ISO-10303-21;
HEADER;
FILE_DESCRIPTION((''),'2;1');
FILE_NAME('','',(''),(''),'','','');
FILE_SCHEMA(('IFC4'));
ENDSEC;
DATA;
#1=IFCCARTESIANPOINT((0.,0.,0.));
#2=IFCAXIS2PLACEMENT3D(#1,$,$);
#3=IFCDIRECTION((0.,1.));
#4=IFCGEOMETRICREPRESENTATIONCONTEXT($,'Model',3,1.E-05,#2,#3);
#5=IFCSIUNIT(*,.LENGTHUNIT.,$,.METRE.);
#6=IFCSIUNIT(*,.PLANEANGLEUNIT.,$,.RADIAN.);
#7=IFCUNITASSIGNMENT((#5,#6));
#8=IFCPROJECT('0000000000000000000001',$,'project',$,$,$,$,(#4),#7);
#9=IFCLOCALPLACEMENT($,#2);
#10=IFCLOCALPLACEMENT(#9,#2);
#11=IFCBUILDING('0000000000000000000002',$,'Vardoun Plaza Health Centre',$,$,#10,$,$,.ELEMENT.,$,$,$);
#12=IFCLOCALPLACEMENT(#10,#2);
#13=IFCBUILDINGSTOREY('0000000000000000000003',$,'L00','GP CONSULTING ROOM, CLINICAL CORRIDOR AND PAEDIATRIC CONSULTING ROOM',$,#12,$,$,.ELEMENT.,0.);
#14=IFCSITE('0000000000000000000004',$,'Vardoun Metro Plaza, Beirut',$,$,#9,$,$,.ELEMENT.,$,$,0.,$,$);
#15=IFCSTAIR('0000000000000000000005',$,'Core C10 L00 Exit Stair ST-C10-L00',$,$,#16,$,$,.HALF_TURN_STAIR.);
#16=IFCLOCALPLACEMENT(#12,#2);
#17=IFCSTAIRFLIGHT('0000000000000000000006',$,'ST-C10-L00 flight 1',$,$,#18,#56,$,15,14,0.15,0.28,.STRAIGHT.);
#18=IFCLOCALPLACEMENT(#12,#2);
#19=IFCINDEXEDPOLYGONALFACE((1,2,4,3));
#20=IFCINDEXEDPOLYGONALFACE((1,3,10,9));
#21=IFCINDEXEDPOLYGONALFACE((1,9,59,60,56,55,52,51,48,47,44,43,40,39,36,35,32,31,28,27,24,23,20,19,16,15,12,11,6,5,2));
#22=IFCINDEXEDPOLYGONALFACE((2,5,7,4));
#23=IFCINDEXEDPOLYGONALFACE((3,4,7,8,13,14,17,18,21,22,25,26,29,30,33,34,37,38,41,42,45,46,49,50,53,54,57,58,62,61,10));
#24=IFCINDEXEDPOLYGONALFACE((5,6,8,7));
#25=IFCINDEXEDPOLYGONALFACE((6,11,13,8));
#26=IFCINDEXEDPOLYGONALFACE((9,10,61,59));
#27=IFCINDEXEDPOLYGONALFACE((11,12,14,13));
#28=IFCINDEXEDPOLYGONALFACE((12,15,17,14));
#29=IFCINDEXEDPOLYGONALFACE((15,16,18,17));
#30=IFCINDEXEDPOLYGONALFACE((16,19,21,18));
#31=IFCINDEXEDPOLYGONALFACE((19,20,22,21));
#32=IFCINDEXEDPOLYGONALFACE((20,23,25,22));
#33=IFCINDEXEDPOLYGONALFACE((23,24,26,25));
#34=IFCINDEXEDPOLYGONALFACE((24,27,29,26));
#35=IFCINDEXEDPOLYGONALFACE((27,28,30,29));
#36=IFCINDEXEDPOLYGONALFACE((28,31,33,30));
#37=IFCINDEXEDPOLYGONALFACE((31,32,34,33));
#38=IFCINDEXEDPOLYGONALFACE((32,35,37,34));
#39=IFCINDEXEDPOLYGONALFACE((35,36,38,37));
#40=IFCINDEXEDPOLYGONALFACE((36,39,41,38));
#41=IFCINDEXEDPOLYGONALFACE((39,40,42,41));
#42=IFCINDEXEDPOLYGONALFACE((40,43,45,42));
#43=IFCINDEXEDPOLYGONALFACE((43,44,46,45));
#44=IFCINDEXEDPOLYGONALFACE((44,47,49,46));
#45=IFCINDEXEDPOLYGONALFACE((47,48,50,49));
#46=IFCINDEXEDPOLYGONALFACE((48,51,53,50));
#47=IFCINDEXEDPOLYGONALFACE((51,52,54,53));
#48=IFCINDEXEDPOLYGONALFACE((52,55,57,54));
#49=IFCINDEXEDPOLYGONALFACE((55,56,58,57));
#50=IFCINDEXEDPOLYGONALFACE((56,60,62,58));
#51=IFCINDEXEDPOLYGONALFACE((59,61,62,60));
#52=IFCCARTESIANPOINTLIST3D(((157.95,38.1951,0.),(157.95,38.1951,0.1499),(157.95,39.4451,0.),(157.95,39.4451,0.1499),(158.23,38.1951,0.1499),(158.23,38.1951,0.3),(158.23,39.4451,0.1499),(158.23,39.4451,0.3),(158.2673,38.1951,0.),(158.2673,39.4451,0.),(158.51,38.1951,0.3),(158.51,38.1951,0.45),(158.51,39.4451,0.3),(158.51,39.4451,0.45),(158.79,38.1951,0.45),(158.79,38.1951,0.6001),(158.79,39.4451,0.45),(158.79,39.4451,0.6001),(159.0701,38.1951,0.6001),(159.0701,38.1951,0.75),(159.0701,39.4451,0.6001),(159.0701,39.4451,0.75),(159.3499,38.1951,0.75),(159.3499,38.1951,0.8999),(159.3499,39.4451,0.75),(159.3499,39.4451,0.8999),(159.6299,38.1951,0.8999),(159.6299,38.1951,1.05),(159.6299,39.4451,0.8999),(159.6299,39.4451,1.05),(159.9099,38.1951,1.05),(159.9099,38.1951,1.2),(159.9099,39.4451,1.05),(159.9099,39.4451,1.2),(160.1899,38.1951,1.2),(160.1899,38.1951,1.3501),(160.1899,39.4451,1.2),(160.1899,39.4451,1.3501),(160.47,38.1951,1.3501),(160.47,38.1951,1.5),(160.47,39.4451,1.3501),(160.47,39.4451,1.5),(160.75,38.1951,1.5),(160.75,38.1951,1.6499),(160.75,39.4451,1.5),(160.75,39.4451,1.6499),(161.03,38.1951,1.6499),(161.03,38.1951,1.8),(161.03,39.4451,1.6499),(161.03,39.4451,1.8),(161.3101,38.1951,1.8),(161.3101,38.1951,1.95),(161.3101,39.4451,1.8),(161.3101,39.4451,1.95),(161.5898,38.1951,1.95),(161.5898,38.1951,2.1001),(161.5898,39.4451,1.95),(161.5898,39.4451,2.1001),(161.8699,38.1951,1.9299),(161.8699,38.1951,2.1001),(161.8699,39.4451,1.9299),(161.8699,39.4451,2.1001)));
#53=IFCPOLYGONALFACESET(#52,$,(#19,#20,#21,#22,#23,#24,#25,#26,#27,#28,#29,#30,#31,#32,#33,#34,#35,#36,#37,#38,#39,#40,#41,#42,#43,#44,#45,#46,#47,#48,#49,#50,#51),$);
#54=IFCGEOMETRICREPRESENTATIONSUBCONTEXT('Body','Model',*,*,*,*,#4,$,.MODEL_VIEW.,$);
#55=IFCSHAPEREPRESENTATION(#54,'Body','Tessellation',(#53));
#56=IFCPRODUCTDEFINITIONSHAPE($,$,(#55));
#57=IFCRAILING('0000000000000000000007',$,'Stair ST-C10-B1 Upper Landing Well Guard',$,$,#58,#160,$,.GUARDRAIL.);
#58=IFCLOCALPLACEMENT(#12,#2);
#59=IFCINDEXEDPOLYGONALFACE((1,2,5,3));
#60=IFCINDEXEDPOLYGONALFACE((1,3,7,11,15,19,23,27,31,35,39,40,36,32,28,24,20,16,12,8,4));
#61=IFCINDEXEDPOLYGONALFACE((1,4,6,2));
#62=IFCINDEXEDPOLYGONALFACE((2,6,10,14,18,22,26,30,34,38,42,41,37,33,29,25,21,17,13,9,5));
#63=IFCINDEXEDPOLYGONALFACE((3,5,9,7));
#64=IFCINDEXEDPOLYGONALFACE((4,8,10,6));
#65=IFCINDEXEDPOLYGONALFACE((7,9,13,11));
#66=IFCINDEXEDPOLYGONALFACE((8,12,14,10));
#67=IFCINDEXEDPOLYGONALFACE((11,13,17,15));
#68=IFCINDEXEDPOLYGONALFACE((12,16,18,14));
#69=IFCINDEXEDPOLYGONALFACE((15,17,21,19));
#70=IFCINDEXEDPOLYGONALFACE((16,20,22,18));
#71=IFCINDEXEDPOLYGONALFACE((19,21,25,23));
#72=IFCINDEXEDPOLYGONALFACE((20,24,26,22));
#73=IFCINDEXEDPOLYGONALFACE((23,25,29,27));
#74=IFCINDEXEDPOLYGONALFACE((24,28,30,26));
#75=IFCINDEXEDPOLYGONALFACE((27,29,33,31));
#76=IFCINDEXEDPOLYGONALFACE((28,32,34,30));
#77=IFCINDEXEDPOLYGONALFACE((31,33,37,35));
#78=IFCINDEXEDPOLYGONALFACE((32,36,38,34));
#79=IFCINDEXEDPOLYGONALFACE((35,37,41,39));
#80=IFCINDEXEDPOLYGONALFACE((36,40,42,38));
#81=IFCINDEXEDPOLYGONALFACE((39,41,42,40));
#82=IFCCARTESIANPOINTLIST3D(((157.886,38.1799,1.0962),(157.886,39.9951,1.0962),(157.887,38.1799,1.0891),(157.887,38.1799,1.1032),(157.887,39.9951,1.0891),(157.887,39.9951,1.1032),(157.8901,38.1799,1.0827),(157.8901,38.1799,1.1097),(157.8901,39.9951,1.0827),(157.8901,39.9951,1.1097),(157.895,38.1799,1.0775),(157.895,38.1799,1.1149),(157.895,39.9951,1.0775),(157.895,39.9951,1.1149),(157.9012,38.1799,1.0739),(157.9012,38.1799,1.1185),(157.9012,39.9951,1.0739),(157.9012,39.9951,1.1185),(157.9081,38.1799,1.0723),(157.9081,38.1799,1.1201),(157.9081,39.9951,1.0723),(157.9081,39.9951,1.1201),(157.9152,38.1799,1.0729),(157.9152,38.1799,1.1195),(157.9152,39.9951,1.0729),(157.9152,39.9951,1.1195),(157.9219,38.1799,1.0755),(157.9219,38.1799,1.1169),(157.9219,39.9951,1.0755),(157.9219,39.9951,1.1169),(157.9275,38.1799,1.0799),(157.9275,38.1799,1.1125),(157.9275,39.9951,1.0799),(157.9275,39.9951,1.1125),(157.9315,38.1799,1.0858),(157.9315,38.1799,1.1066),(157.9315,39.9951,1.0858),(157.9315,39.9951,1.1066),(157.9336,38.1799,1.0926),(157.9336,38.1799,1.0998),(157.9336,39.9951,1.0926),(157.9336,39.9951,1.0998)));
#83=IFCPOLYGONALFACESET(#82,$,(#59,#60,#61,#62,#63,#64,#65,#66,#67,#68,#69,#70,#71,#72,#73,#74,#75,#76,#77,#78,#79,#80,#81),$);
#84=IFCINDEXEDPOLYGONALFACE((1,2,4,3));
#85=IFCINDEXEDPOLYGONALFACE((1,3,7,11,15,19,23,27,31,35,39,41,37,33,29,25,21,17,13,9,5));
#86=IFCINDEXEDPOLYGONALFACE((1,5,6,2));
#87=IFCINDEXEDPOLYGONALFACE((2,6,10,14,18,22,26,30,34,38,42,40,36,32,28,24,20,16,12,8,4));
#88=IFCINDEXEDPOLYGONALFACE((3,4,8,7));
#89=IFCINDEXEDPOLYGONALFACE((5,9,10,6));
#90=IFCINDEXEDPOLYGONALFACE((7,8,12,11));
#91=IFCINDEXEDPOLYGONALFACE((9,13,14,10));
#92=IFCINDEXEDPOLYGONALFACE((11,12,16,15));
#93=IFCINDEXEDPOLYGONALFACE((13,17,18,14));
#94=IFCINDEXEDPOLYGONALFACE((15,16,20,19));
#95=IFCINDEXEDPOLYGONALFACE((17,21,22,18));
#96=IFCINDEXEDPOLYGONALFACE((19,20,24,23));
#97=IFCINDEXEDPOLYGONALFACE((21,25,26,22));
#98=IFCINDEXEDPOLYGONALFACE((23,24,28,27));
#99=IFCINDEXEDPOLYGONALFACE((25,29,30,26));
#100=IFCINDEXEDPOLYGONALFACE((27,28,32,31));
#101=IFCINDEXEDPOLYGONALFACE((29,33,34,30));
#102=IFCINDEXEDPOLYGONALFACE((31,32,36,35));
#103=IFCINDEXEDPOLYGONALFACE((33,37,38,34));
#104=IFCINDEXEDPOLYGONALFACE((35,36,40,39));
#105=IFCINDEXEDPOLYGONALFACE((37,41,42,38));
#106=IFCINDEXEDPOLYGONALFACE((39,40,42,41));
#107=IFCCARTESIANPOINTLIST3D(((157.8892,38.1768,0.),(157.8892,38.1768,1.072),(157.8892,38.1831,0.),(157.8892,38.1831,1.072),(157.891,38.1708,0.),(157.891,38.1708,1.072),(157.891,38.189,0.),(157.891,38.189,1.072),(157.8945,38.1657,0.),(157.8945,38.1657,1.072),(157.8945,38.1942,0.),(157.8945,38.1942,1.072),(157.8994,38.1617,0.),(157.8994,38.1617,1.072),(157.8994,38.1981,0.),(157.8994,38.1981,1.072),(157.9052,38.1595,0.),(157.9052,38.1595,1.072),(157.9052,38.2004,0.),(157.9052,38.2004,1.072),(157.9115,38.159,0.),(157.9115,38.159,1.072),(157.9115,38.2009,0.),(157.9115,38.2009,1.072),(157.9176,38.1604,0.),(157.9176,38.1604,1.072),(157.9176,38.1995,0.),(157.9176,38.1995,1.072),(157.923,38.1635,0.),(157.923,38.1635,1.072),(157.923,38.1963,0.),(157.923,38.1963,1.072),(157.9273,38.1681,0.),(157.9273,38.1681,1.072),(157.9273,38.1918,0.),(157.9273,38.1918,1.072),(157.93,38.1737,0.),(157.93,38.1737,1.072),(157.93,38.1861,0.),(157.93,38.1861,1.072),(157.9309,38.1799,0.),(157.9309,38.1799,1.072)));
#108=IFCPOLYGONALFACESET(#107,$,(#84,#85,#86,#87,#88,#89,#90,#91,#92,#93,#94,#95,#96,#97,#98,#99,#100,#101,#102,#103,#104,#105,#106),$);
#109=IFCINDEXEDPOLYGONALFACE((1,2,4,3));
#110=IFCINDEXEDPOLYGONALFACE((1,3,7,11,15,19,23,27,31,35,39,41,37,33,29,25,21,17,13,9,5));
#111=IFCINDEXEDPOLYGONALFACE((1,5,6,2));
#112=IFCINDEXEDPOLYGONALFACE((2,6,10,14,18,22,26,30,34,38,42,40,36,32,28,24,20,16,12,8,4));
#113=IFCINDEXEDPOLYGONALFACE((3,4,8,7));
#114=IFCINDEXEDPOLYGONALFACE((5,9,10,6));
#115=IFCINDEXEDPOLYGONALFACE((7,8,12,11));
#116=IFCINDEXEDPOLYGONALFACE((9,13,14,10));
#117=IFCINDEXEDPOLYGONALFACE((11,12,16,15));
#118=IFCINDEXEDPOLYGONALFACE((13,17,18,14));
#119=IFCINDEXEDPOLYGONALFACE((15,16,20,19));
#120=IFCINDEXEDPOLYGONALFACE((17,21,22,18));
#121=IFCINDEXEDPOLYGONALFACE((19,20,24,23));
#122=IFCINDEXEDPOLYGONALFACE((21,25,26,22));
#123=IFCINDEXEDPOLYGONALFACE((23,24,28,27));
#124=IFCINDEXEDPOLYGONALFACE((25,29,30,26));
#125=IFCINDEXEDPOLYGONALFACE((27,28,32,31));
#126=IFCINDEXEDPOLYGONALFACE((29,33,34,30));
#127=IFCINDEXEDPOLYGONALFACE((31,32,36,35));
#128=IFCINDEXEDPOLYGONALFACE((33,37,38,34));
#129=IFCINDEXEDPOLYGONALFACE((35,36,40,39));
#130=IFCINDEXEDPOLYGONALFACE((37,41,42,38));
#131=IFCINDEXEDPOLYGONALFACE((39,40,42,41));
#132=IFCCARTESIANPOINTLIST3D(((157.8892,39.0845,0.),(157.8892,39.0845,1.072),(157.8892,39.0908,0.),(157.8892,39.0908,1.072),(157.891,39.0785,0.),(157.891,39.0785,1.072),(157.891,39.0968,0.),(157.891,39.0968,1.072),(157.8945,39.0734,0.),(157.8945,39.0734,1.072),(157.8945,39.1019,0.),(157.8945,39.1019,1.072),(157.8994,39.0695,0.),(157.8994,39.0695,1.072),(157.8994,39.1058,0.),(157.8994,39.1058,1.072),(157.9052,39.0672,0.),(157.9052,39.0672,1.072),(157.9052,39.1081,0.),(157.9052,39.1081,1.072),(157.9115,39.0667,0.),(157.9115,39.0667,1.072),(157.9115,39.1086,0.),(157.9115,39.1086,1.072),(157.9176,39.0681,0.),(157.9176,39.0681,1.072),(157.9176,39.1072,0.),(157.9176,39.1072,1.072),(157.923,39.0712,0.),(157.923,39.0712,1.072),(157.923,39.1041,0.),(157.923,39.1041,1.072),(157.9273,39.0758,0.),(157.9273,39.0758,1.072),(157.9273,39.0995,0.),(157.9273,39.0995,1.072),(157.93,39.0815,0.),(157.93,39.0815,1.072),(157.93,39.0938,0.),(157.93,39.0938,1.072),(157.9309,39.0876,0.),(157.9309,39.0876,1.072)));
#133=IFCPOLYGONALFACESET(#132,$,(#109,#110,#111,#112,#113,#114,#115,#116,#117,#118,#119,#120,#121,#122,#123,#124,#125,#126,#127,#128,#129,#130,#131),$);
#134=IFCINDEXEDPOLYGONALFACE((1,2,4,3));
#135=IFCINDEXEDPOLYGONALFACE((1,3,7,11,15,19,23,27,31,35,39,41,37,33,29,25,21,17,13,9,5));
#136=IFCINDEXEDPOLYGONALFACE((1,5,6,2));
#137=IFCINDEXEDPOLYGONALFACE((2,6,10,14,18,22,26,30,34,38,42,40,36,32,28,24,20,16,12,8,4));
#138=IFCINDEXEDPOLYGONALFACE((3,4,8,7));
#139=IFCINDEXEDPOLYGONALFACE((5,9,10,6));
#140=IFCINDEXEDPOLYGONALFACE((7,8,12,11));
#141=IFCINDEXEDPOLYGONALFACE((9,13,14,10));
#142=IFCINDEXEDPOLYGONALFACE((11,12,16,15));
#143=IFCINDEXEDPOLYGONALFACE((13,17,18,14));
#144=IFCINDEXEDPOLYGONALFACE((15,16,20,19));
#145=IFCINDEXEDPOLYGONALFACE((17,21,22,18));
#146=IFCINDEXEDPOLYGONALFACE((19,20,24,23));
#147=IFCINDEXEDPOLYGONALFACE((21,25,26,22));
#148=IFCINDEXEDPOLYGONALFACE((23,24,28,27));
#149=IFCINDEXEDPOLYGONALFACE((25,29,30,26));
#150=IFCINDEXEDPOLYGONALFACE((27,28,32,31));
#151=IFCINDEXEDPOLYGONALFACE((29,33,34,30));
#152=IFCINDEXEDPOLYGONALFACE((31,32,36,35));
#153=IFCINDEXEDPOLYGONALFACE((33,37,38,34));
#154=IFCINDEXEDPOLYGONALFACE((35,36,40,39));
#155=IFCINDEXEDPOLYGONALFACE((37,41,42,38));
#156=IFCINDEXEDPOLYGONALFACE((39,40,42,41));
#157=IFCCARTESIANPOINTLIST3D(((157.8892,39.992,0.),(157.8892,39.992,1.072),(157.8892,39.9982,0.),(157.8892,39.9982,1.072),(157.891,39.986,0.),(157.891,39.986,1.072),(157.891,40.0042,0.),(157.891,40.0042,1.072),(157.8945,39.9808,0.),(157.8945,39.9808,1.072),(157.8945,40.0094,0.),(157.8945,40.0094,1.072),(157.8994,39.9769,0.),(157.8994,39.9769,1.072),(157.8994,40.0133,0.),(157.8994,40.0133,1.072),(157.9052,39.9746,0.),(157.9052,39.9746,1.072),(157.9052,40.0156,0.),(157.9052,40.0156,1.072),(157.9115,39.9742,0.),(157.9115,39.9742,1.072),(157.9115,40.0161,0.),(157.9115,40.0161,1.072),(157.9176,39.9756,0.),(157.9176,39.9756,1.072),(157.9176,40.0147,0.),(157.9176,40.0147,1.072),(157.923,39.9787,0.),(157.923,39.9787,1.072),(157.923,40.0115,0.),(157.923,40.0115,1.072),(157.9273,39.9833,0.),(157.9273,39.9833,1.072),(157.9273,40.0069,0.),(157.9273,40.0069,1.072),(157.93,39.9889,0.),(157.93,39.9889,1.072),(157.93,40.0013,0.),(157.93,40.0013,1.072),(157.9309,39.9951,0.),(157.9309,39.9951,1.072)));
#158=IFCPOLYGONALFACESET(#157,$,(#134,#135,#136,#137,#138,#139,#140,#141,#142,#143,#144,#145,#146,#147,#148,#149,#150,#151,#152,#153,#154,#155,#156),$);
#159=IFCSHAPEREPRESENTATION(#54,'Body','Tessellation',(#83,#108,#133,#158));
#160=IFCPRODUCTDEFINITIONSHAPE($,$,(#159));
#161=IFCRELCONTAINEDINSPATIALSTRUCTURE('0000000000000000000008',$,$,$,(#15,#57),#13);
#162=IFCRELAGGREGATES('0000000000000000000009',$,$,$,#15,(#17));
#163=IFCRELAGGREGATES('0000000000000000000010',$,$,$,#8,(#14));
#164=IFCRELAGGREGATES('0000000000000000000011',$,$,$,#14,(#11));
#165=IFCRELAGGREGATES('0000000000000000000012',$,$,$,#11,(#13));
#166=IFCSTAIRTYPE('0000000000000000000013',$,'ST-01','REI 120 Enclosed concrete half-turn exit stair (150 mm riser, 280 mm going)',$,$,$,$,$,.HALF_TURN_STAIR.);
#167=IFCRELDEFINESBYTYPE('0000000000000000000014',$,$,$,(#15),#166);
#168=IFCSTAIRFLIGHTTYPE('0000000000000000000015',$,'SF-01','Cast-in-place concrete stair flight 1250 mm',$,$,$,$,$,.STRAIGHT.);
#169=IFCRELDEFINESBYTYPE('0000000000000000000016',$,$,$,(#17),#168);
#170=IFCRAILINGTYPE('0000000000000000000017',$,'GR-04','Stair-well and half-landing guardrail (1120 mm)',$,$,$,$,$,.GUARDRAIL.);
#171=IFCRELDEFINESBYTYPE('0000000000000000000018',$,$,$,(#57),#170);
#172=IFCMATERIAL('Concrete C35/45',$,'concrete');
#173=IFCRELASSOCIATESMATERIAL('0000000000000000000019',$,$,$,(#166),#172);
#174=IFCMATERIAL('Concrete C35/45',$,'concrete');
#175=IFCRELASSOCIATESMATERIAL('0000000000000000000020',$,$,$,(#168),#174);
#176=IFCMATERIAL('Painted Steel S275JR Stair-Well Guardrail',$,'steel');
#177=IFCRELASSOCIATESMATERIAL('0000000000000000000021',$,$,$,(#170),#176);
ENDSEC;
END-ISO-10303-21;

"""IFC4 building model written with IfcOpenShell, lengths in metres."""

from ifc_helpers import new_model, si_unit, direction, frame, origin, origin_2d, place, context, subcontext, project, spatial, polyline, circle, outline, extrude, material, type_object, element, aggregate, save


model = new_model("IFC4")

# Units and contexts
model_context = context("Model", 3, precision=1e-05, world=origin(), true_north=direction((0.0, 1.0)))
body_context = subcontext(model_context, "Body", "Model", "MODEL_VIEW")
ifc_project = project(units=[si_unit("LENGTHUNIT", "METRE"), si_unit("PLANEANGLEUNIT", "RADIAN")], contexts=[model_context])

# Site, building, storey
site_placement = place(None, origin())
site = spatial("IfcSite", under=ifc_project, at=site_placement, Name="Vardoun Metro Plaza, Beirut", CompositionType="ELEMENT", RefElevation=0.0)
building_placement = place(site_placement, origin())
building = spatial("IfcBuilding", under=site, at=building_placement, Name="Vardoun Plaza Health Centre", CompositionType="ELEMENT")
storey_placement = place(building_placement, origin())
storey = spatial("IfcBuildingStorey", under=building, at=storey_placement, Name="L00", Description="GP CONSULTING ROOM, CLINICAL CORRIDOR AND PAEDIATRIC CONSULTING ROOM", CompositionType="ELEMENT", Elevation=0.0)

# Stair, stair flight
ifc_material_1 = material(Name="Concrete C35/45", Category="concrete")
stair_type = type_object("IfcStairType", Name="ST-01", Description="REI 120 Enclosed concrete half-turn exit stair (150 mm riser, 280 mm going)", PredefinedType="HALF_TURN_STAIR", material=ifc_material_1)
stair_placement = place(storey_placement, origin())
stair = element("IfcStair", 1, at=stair_placement, inside=storey, type_object=stair_type, Name="Core C10 L00 Exit Stair ST-C10-L00", PredefinedType="HALF_TURN_STAIR")
ifc_material_2 = material(Name="Concrete C35/45", Category="concrete")
stair_flight_type = type_object("IfcStairFlightType", Name="SF-01", Description="Cast-in-place concrete stair flight 1250 mm", PredefinedType="STRAIGHT", material=ifc_material_2)
stair_flight_placement = place(storey_placement, frame((157.95, 38.8201, 0.0), z_axis=(0.0, 0.0, 1.0), x_axis=(1.0, 0.0, 0.0)))
stair_flight = element("IfcStairFlight", 2, at=stair_flight_placement, type_object=stair_flight_type, Name="ST-C10-L00 flight 1", NumberOfRisers=15, NumberOfTreads=14, PredefinedType="STRAIGHT", RiserHeight=0.15, TreadLength=0.28, context=body_context, shape_type="SweptSolid", body=[
    extrude(outline(polyline([(0.0, 0.0), (0.0, 0.1499), (0.28, 0.1499), (0.28, 0.3), (0.5601, 0.3), (0.5601, 0.45), (0.8401, 0.45), (0.8401, 0.6001), (1.1201, 0.6001), (1.1201, 0.75), (1.3999, 0.75), (1.3999, 0.8999), (1.6799, 0.8999), (1.6799, 1.05), (1.96, 1.05), (1.96, 1.2), (2.24, 1.2), (2.24, 1.3501), (2.52, 1.3501), (2.52, 1.5), (2.8, 1.5), (2.8, 1.6499), (3.0801, 1.6499), (3.0801, 1.8), (3.3601, 1.8), (3.3601, 1.95), (3.6399, 1.95), (3.6399, 2.1001), (3.9199, 2.1001), (3.9199, 2.25), (3.9199, 1.9299), (0.3174, 0.0), (0.0, 0.0)])), frame((0.0, 0.625, 0.0), z_axis=(0.0, -1.0, 0.0), x_axis=(1.0, 0.0, 0.0)), (0.0, 0.0, 1.0), 1.25),
])
aggregate(stair, [stair_flight])

# Railing
ifc_material_3 = material(Name="Painted Steel S275JR Stair-Well Guardrail", Category="steel")
railing_type_1 = type_object("IfcRailingType", Name="GR-04", Description="Stair-well and half-landing guardrail (1120 mm)", PredefinedType="GUARDRAIL", material=ifc_material_3)
railing_1_placement = place(storey_placement, frame((157.9099, 38.1799, 0.0)))
element("IfcRailing", 3, at=railing_1_placement, inside=storey, type_object=railing_type_1, Name="Stair ST-C10-B1 Upper Landing Well Guard", PredefinedType="GUARDRAIL", context=body_context, shape_type="SweptSolid", body=[
    extrude(circle(Radius=0.0239, at=origin_2d()), frame((0.0, 0.0, 1.0962), z_axis=(0.0, 1.0, 0.0), x_axis=(-1.0, 0.0, 0.0)), (0.0, 0.0, 1.0), 1.8152),
    extrude(circle(Radius=0.021, at=origin_2d()), origin(), (0.0, 0.0, 1.0), 1.072),
    extrude(circle(Radius=0.021, at=origin_2d()), frame((0.0, 0.9077, 0.0)), (0.0, 0.0, 1.0), 1.072),
    extrude(circle(Radius=0.021, at=origin_2d()), frame((0.0, 1.8152, 0.0)), (0.0, 0.0, 1.0), 1.072),
])

save(model, "model.ifc")
